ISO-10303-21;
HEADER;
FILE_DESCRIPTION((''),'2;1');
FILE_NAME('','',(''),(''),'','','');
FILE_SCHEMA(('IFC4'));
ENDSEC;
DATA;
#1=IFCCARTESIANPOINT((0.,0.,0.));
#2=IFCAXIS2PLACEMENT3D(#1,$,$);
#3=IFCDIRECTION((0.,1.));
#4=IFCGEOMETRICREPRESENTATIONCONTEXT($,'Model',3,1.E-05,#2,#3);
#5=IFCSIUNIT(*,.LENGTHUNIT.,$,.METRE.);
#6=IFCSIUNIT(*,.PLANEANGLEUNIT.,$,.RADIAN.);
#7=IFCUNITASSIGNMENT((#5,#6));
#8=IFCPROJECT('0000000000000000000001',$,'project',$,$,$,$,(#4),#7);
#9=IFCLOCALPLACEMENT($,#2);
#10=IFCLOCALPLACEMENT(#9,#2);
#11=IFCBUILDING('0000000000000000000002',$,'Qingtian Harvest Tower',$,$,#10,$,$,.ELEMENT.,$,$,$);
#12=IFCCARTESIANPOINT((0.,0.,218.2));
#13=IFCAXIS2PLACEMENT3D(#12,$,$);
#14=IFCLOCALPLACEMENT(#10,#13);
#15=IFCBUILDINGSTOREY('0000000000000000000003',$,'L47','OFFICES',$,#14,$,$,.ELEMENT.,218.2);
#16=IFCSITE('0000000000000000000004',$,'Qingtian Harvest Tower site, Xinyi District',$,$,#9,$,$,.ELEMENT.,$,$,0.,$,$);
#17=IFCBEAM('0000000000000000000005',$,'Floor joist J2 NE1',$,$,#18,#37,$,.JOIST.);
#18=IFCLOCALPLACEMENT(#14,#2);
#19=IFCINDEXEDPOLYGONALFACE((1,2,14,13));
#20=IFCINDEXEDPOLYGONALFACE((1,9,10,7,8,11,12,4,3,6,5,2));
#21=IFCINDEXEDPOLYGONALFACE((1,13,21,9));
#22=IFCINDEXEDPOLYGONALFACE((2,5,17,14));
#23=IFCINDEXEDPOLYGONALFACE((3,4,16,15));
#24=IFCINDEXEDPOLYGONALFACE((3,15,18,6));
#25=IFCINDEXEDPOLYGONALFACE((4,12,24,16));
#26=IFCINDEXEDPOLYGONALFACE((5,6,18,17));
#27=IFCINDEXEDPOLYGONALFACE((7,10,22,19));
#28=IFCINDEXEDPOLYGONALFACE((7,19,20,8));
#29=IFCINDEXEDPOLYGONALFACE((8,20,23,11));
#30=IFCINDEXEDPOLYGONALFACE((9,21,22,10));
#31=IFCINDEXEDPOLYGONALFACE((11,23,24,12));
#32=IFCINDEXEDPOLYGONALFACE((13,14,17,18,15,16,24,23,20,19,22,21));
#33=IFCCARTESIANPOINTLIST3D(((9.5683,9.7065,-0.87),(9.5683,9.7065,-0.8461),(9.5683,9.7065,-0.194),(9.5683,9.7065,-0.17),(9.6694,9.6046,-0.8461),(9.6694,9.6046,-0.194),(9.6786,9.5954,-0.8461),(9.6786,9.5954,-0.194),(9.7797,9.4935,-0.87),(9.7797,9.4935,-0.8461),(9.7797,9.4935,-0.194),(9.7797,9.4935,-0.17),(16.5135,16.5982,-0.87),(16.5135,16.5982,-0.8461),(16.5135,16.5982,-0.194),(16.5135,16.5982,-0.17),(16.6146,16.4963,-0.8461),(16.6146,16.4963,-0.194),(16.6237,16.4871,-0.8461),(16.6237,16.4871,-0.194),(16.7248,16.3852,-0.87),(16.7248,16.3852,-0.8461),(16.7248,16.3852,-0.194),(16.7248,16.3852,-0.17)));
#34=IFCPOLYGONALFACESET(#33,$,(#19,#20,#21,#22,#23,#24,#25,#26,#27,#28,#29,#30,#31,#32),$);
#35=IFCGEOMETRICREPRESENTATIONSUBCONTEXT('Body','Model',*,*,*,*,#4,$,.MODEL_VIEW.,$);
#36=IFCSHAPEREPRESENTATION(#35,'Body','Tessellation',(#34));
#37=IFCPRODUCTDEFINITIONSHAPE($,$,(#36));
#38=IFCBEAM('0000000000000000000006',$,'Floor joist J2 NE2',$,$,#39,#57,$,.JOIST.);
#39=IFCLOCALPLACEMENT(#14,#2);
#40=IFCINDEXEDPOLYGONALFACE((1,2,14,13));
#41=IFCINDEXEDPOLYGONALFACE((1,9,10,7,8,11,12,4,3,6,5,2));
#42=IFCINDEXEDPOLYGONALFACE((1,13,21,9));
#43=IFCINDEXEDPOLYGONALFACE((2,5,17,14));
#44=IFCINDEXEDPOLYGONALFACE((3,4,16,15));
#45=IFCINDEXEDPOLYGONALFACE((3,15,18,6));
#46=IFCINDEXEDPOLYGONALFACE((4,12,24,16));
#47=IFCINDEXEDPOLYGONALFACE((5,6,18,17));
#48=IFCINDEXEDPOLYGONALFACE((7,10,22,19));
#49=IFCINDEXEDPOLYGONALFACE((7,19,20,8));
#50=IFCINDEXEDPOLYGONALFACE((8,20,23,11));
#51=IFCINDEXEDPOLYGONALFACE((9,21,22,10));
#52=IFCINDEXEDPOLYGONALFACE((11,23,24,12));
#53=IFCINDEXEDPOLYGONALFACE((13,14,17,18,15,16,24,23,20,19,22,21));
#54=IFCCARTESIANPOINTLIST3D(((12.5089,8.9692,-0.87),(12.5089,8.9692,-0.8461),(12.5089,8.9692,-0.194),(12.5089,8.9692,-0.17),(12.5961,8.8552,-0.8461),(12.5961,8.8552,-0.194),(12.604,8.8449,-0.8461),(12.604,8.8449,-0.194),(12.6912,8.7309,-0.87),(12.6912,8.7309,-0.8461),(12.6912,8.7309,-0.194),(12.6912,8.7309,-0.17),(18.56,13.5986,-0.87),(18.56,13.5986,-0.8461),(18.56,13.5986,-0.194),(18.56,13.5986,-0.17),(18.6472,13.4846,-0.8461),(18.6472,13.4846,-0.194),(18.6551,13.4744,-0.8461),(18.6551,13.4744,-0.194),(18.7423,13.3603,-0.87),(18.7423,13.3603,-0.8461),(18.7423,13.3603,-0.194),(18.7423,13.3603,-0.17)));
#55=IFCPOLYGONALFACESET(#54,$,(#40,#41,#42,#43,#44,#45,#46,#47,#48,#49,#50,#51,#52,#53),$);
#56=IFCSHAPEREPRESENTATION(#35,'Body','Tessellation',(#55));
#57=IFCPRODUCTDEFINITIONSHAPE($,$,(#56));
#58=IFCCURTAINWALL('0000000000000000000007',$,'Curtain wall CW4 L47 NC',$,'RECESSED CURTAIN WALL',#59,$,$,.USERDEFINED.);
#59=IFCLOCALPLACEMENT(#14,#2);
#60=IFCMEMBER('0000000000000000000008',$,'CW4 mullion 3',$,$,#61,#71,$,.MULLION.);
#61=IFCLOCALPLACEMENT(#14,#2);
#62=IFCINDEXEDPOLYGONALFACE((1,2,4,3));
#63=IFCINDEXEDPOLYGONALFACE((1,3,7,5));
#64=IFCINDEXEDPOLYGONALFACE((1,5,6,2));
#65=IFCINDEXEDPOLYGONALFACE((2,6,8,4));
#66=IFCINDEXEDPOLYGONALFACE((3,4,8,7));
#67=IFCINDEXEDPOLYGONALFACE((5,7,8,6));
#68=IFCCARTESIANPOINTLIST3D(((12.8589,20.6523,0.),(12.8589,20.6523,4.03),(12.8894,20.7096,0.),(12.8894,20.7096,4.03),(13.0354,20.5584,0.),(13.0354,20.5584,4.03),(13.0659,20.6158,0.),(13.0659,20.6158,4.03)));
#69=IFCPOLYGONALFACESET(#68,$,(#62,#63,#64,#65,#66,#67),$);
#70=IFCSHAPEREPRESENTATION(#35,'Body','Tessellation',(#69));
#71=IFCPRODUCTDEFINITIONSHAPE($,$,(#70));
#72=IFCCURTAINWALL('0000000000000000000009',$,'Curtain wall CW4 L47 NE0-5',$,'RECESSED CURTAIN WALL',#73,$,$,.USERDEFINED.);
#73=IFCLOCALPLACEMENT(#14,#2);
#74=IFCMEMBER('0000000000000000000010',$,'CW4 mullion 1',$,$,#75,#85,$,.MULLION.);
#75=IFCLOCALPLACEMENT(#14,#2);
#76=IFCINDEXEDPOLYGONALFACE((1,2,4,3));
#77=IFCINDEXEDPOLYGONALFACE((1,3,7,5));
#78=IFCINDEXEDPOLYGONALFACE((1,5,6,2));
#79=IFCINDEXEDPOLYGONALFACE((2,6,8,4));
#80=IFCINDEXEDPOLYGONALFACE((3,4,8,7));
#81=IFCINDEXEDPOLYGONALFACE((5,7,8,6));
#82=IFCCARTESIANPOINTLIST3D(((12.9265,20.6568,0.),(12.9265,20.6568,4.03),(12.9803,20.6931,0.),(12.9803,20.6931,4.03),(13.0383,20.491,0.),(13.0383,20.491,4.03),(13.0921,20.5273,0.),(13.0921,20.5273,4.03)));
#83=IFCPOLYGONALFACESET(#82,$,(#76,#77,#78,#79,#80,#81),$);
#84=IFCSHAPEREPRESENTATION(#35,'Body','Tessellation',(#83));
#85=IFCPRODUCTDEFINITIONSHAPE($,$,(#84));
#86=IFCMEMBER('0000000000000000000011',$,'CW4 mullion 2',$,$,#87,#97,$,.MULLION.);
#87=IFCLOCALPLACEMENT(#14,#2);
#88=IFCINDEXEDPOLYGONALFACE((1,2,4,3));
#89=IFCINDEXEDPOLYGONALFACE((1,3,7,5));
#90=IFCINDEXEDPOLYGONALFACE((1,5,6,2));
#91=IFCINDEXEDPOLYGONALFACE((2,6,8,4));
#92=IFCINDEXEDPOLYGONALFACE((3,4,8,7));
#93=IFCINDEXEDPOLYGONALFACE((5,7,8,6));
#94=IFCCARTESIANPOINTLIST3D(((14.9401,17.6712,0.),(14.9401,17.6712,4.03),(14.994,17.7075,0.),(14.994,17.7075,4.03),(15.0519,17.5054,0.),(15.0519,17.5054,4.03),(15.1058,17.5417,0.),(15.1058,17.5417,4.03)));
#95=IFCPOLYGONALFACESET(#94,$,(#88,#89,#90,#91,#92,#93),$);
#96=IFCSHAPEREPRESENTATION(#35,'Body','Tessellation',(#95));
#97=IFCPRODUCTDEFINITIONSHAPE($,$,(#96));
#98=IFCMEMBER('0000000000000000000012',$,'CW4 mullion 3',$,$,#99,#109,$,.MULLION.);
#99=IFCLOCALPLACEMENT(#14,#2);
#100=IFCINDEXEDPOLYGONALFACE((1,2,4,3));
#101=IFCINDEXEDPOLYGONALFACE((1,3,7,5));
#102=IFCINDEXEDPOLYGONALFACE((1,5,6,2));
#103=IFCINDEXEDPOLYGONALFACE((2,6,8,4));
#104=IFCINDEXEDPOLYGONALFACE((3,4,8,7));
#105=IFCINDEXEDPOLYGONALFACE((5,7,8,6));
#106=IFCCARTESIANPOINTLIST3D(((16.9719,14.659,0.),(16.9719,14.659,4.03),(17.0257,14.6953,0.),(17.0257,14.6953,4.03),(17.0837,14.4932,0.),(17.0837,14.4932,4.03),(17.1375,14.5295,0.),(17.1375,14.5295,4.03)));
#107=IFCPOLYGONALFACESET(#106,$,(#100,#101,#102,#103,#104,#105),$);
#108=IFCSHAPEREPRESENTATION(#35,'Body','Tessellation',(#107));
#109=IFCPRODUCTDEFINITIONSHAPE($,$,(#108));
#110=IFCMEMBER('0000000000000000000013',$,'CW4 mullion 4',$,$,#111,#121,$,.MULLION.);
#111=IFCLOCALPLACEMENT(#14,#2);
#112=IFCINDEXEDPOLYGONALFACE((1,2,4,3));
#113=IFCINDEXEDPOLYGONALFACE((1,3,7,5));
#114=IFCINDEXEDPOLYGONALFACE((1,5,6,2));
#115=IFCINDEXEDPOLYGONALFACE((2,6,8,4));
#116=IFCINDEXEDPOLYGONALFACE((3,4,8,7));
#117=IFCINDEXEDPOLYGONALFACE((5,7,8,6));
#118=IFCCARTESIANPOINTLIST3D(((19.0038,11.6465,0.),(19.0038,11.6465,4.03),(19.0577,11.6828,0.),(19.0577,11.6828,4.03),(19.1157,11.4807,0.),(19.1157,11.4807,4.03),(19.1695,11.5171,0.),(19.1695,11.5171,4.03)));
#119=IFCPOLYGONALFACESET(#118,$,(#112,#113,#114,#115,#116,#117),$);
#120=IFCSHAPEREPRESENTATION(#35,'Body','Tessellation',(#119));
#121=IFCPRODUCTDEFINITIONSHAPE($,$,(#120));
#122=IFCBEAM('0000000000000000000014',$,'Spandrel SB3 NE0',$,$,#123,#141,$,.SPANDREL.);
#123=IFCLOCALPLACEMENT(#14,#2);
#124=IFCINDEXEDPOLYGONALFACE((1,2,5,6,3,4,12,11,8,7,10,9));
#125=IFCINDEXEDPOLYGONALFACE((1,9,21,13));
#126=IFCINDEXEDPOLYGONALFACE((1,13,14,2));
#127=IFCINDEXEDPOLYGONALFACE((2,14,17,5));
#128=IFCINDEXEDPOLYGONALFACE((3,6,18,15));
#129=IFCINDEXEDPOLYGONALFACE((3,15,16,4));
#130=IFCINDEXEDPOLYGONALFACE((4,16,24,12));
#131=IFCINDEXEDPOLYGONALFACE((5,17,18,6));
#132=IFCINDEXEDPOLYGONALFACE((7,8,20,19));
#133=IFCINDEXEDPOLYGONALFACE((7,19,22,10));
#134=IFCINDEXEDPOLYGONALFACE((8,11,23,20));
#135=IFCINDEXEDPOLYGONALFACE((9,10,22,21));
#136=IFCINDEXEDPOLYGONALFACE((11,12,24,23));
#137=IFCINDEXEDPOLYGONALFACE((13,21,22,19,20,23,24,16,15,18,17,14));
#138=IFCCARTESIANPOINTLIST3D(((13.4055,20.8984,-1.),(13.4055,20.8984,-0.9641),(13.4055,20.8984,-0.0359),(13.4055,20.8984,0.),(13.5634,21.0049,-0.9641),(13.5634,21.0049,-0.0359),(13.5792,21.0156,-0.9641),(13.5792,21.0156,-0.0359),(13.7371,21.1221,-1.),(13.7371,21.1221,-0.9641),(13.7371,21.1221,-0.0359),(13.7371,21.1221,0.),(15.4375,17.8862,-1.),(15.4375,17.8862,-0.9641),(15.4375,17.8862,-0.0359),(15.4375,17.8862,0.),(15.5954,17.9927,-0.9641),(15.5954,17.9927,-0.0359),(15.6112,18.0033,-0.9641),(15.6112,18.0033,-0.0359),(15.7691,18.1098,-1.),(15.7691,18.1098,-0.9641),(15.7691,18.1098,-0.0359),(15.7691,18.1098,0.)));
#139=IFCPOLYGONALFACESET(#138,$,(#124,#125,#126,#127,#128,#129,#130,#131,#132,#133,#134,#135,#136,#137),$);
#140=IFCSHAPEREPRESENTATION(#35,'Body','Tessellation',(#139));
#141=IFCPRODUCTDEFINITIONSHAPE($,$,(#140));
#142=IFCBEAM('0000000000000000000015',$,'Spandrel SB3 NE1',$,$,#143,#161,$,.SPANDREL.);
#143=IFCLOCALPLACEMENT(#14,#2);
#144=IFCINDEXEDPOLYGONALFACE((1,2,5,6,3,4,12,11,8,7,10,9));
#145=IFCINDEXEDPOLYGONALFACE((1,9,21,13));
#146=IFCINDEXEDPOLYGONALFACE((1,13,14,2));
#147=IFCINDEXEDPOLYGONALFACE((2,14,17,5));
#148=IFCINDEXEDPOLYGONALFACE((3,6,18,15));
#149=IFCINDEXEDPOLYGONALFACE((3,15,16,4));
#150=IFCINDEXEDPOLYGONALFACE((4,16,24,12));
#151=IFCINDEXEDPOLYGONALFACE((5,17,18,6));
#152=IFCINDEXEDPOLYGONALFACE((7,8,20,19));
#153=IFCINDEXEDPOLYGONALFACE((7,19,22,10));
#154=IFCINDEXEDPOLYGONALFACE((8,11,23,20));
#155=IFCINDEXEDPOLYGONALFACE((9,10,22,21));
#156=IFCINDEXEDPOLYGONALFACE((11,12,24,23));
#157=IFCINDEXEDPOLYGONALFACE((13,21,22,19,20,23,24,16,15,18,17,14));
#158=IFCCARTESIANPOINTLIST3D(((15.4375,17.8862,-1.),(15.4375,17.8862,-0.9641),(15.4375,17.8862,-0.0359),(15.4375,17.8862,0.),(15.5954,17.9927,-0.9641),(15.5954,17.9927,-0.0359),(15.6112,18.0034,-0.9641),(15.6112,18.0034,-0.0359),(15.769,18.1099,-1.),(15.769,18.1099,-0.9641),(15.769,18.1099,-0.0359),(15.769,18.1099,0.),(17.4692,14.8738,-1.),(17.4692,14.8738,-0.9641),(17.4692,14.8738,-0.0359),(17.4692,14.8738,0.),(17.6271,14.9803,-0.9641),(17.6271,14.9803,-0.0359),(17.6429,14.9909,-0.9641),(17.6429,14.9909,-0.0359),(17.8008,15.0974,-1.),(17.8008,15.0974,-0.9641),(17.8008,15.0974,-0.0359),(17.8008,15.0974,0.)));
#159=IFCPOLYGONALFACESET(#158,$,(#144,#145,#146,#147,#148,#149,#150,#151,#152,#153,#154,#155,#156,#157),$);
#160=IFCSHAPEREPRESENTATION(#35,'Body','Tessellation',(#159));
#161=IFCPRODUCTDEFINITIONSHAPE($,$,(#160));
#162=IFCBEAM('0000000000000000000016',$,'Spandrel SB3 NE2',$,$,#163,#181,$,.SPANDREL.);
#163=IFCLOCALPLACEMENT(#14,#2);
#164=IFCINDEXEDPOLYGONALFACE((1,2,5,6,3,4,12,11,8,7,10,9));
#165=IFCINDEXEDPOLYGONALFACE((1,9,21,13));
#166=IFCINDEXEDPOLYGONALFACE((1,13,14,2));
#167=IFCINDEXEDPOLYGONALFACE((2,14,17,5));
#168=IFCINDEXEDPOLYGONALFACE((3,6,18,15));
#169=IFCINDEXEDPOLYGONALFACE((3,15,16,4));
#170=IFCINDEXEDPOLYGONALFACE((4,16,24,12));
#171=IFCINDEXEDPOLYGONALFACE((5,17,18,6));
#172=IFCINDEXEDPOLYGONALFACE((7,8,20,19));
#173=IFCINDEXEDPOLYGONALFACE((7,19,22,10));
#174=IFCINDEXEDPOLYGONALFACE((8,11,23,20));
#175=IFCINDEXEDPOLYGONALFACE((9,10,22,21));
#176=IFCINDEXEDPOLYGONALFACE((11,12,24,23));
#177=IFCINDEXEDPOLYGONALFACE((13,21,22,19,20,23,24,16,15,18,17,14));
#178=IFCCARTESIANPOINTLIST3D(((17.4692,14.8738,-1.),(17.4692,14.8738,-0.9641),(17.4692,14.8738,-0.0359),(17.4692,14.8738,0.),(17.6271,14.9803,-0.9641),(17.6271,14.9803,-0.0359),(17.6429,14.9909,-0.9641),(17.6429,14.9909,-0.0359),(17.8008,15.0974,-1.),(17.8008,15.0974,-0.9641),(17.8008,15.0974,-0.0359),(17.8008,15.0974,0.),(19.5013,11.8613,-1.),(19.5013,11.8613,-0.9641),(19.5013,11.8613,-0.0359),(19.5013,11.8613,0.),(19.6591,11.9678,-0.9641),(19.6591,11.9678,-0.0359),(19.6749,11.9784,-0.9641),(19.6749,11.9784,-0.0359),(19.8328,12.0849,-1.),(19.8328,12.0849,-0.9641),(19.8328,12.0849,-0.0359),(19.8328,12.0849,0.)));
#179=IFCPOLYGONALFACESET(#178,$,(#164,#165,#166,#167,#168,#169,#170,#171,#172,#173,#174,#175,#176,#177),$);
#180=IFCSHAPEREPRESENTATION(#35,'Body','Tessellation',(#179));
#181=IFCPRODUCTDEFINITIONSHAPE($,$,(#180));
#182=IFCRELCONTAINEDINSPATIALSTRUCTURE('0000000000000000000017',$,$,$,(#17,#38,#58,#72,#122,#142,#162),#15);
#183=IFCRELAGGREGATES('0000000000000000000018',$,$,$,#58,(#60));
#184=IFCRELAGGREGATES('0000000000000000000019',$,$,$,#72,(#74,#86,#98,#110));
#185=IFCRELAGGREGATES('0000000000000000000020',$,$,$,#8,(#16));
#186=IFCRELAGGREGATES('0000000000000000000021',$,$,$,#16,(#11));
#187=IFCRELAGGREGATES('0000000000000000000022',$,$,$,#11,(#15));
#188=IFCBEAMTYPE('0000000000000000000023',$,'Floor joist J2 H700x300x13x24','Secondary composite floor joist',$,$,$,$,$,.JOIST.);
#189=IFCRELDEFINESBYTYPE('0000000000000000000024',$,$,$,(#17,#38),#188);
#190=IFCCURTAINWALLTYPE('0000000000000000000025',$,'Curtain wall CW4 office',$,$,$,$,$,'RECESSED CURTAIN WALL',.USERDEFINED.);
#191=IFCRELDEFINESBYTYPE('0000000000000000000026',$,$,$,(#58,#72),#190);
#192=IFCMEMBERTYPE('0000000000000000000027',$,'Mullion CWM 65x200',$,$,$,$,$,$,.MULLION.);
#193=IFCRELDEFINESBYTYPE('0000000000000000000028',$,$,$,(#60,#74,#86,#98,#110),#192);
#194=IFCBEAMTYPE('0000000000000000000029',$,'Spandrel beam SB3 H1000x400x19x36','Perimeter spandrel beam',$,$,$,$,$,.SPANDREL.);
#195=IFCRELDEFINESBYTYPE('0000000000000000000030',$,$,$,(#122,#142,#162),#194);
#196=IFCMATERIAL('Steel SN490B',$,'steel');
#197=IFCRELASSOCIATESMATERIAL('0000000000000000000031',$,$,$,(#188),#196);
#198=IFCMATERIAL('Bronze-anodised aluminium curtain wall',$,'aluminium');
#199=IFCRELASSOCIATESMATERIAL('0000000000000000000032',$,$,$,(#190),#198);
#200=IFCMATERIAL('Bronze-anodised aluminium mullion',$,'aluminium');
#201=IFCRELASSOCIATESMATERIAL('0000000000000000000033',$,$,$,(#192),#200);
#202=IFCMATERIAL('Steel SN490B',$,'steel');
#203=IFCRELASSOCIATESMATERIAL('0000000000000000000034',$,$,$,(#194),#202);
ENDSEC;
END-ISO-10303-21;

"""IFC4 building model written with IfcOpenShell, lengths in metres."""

from ifc_helpers import new_model, si_unit, direction, frame, origin, origin_2d, place, context, subcontext, project, spatial, rectangle, i_section, extrude, material, material_profile, profile_set, type_object, element, aggregate, save


model = new_model("IFC4")

# Units and contexts
model_context = context("Model", 3, precision=1e-05, world=origin(), true_north=direction((0.0, 1.0)))
body_context = subcontext(model_context, "Body", "Model", "MODEL_VIEW")
ifc_project = project(units=[si_unit("LENGTHUNIT", "METRE"), si_unit("PLANEANGLEUNIT", "RADIAN")], contexts=[model_context])

# Site, building, storey
site_placement = place(None, origin())
site = spatial("IfcSite", under=ifc_project, at=site_placement, Name="Qingtian Harvest Tower site, Xinyi District", CompositionType="ELEMENT", RefElevation=0.0)
building_placement = place(site_placement, origin())
building = spatial("IfcBuilding", under=site, at=building_placement, Name="Qingtian Harvest Tower", CompositionType="ELEMENT")
storey_placement = place(building_placement, frame((0.0, 0.0, 218.2)))
storey = spatial("IfcBuildingStorey", under=building, at=storey_placement, Name="L47", Description="OFFICES", CompositionType="ELEMENT", Elevation=218.2)

# Beams
ifc_material_1 = material(Name="Steel SN490B", Category="steel")
ifc_material_profile_1 = material_profile(ifc_material_1, i_section(OverallWidth=0.3, OverallDepth=0.7, WebThickness=0.0129, FlangeThickness=0.0239, at=origin_2d()), Name="H700x300x13x24")
ifc_profile_set_1 = profile_set([ifc_material_profile_1], Name="Steel SN490B")
beam_type_1 = type_object("IfcBeamType", Name="Floor joist J2 H700x300x13x24", Description="Secondary composite floor joist", PredefinedType="JOIST", material=ifc_profile_set_1)
beam_1_placement = place(storey_placement, frame((16.6191, 16.4917, -0.52), z_axis=(-0.709834, -0.704369, 0.0), x_axis=(0.704369, -0.709834, 0.0)))
element("IfcBeam", 1, at=beam_1_placement, inside=storey, type_object=beam_type_1, Name="Floor joist J2 NE1", PredefinedType="JOIST", context=body_context, shape_type="SweptSolid", body=[
    extrude(i_section(OverallWidth=0.3, OverallDepth=0.7, WebThickness=0.0129, FlangeThickness=0.0239, at=origin_2d()), origin(), (0.0, 0.0, 1.0), 9.7842),
])
beam_2_placement = place(storey_placement, frame((18.6511, 13.4795, -0.52), z_axis=(-0.794222, -0.607627, 0.0), x_axis=(0.607627, -0.794222, 0.0)))
element("IfcBeam", 2, at=beam_2_placement, inside=storey, type_object=beam_type_1, Name="Floor joist J2 NE2", PredefinedType="JOIST", context=body_context, shape_type="SweptSolid", body=[
    extrude(i_section(OverallWidth=0.3, OverallDepth=0.7, WebThickness=0.0129, FlangeThickness=0.0239, at=origin_2d()), origin(), (0.0, 0.0, 1.0), 7.6189),
])

# Curtain wall, member
ifc_material_2 = material(Name="Bronze-anodised aluminium curtain wall", Category="aluminium")
curtain_wall_type = type_object("IfcCurtainWallType", Name="Curtain wall CW4 office", ElementType="RECESSED CURTAIN WALL", PredefinedType="USERDEFINED", material=ifc_material_2)
curtain_wall_1_placement = place(storey_placement, origin())
curtain_wall_1 = element("IfcCurtainWall", 3, at=curtain_wall_1_placement, inside=storey, type_object=curtain_wall_type, Name="Curtain wall CW4 L47 NC", ObjectType="RECESSED CURTAIN WALL", PredefinedType="USERDEFINED")
ifc_material_3 = material(Name="Bronze-anodised aluminium mullion", Category="aluminium")
ifc_material_profile_2 = material_profile(ifc_material_3, rectangle(XDim=0.0649, YDim=0.2, at=origin_2d()), Name="AL 65x200")
ifc_profile_set_2 = profile_set([ifc_material_profile_2], Name="Bronze-anodised aluminium mullion")
member_type_1 = type_object("IfcMemberType", Name="Mullion CWM 65x200", PredefinedType="MULLION", material=ifc_profile_set_2)
member_1_placement = place(storey_placement, frame((12.9624, 20.634, 0.0), z_axis=(0.0, 0.0, 1.0), x_axis=(0.469472, 0.882948, 0.0)))
member_1 = element("IfcMember", 4, at=member_1_placement, type_object=member_type_1, Name="CW4 mullion 3", PredefinedType="MULLION", context=body_context, shape_type="SweptSolid", body=[
    extrude(rectangle(XDim=0.0649, YDim=0.2, at=origin_2d()), origin(), (0.0, 0.0, 1.0), 4.03),
])
aggregate(curtain_wall_1, [member_1])

# Curtain wall, members
curtain_wall_2_placement = place(storey_placement, origin())
curtain_wall_2 = element("IfcCurtainWall", 5, at=curtain_wall_2_placement, inside=storey, type_object=curtain_wall_type, Name="Curtain wall CW4 L47 NE0-5", ObjectType="RECESSED CURTAIN WALL", PredefinedType="USERDEFINED")
member_2_placement = place(storey_placement, frame((13.0093, 20.592, 0.0), z_axis=(0.0, 0.0, 1.0), x_axis=(0.829038, 0.559193, 0.0)))
member_2 = element("IfcMember", 6, at=member_2_placement, type_object=member_type_1, Name="CW4 mullion 1", PredefinedType="MULLION", context=body_context, shape_type="SweptSolid", body=[
    extrude(rectangle(XDim=0.0649, YDim=0.2, at=origin_2d()), origin(), (0.0, 0.0, 1.0), 4.03),
])
member_3_placement = place(storey_placement, frame((15.0229, 17.6064, 0.0), z_axis=(0.0, 0.0, 1.0), x_axis=(0.829038, 0.559193, 0.0)))
member_3 = element("IfcMember", 7, at=member_3_placement, type_object=member_type_1, Name="CW4 mullion 2", PredefinedType="MULLION", context=body_context, shape_type="SweptSolid", body=[
    extrude(rectangle(XDim=0.0649, YDim=0.2, at=origin_2d()), origin(), (0.0, 0.0, 1.0), 4.03),
])
member_4_placement = place(storey_placement, frame((17.0547, 14.5942, 0.0), z_axis=(0.0, 0.0, 1.0), x_axis=(0.829038, 0.559193, 0.0)))
member_4 = element("IfcMember", 8, at=member_4_placement, type_object=member_type_1, Name="CW4 mullion 3", PredefinedType="MULLION", context=body_context, shape_type="SweptSolid", body=[
    extrude(rectangle(XDim=0.0649, YDim=0.2, at=origin_2d()), origin(), (0.0, 0.0, 1.0), 4.03),
])
member_5_placement = place(storey_placement, frame((19.0867, 11.5818, 0.0), z_axis=(0.0, 0.0, 1.0), x_axis=(0.829038, 0.559193, 0.0)))
member_5 = element("IfcMember", 9, at=member_5_placement, type_object=member_type_1, Name="CW4 mullion 4", PredefinedType="MULLION", context=body_context, shape_type="SweptSolid", body=[
    extrude(rectangle(XDim=0.0649, YDim=0.2, at=origin_2d()), origin(), (0.0, 0.0, 1.0), 4.03),
])

# Beams
ifc_material_4 = material(Name="Steel SN490B", Category="steel")
ifc_material_profile_3 = material_profile(ifc_material_4, i_section(OverallWidth=0.3999, OverallDepth=1.0, WebThickness=0.019, FlangeThickness=0.0359, at=origin_2d()), Name="H1000x400x19x36")
ifc_profile_set_3 = profile_set([ifc_material_profile_3], Name="Steel SN490B")
beam_type_2 = type_object("IfcBeamType", Name="Spandrel beam SB3 H1000x400x19x36", Description="Perimeter spandrel beam", PredefinedType="SPANDREL", material=ifc_profile_set_3)
for number, where, z_axis, x_axis, name in (
    (10, (13.5713, 21.0103, -0.5), (0.559235, -0.829009, 0.0), (0.829009, 0.559235, 0.0), "Spandrel SB3 NE0"),
    (11, (15.6033, 17.998, -0.5), (0.559158, -0.829061, 0.0), (0.829061, 0.559158, 0.0), "Spandrel SB3 NE1"),
):
    element("IfcBeam", number, at=place(storey_placement, frame(where, z_axis=z_axis, x_axis=x_axis)), inside=storey, type_object=beam_type_2, Name=name, PredefinedType="SPANDREL", context=body_context, shape_type="SweptSolid", body=[
        extrude(i_section(OverallWidth=0.3999, OverallDepth=1.0, WebThickness=0.019, FlangeThickness=0.0359, at=origin_2d()), origin(), (0.0, 0.0, 1.0), 3.6335),
    ])
beam_3_placement = place(storey_placement, frame((17.635, 14.9856, -0.5), z_axis=(0.559204, -0.82903, 0.0), x_axis=(0.82903, 0.559204, 0.0)))
element("IfcBeam", 12, at=beam_3_placement, inside=storey, type_object=beam_type_2, Name="Spandrel SB3 NE2", PredefinedType="SPANDREL", context=body_context, shape_type="SweptSolid", body=[
    extrude(i_section(OverallWidth=0.3999, OverallDepth=1.0, WebThickness=0.019, FlangeThickness=0.0359, at=origin_2d()), origin(), (0.0, 0.0, 1.0), 3.6338),
])

aggregate(curtain_wall_2, [member_2, member_3, member_4, member_5])

save(model, "model.ifc")
